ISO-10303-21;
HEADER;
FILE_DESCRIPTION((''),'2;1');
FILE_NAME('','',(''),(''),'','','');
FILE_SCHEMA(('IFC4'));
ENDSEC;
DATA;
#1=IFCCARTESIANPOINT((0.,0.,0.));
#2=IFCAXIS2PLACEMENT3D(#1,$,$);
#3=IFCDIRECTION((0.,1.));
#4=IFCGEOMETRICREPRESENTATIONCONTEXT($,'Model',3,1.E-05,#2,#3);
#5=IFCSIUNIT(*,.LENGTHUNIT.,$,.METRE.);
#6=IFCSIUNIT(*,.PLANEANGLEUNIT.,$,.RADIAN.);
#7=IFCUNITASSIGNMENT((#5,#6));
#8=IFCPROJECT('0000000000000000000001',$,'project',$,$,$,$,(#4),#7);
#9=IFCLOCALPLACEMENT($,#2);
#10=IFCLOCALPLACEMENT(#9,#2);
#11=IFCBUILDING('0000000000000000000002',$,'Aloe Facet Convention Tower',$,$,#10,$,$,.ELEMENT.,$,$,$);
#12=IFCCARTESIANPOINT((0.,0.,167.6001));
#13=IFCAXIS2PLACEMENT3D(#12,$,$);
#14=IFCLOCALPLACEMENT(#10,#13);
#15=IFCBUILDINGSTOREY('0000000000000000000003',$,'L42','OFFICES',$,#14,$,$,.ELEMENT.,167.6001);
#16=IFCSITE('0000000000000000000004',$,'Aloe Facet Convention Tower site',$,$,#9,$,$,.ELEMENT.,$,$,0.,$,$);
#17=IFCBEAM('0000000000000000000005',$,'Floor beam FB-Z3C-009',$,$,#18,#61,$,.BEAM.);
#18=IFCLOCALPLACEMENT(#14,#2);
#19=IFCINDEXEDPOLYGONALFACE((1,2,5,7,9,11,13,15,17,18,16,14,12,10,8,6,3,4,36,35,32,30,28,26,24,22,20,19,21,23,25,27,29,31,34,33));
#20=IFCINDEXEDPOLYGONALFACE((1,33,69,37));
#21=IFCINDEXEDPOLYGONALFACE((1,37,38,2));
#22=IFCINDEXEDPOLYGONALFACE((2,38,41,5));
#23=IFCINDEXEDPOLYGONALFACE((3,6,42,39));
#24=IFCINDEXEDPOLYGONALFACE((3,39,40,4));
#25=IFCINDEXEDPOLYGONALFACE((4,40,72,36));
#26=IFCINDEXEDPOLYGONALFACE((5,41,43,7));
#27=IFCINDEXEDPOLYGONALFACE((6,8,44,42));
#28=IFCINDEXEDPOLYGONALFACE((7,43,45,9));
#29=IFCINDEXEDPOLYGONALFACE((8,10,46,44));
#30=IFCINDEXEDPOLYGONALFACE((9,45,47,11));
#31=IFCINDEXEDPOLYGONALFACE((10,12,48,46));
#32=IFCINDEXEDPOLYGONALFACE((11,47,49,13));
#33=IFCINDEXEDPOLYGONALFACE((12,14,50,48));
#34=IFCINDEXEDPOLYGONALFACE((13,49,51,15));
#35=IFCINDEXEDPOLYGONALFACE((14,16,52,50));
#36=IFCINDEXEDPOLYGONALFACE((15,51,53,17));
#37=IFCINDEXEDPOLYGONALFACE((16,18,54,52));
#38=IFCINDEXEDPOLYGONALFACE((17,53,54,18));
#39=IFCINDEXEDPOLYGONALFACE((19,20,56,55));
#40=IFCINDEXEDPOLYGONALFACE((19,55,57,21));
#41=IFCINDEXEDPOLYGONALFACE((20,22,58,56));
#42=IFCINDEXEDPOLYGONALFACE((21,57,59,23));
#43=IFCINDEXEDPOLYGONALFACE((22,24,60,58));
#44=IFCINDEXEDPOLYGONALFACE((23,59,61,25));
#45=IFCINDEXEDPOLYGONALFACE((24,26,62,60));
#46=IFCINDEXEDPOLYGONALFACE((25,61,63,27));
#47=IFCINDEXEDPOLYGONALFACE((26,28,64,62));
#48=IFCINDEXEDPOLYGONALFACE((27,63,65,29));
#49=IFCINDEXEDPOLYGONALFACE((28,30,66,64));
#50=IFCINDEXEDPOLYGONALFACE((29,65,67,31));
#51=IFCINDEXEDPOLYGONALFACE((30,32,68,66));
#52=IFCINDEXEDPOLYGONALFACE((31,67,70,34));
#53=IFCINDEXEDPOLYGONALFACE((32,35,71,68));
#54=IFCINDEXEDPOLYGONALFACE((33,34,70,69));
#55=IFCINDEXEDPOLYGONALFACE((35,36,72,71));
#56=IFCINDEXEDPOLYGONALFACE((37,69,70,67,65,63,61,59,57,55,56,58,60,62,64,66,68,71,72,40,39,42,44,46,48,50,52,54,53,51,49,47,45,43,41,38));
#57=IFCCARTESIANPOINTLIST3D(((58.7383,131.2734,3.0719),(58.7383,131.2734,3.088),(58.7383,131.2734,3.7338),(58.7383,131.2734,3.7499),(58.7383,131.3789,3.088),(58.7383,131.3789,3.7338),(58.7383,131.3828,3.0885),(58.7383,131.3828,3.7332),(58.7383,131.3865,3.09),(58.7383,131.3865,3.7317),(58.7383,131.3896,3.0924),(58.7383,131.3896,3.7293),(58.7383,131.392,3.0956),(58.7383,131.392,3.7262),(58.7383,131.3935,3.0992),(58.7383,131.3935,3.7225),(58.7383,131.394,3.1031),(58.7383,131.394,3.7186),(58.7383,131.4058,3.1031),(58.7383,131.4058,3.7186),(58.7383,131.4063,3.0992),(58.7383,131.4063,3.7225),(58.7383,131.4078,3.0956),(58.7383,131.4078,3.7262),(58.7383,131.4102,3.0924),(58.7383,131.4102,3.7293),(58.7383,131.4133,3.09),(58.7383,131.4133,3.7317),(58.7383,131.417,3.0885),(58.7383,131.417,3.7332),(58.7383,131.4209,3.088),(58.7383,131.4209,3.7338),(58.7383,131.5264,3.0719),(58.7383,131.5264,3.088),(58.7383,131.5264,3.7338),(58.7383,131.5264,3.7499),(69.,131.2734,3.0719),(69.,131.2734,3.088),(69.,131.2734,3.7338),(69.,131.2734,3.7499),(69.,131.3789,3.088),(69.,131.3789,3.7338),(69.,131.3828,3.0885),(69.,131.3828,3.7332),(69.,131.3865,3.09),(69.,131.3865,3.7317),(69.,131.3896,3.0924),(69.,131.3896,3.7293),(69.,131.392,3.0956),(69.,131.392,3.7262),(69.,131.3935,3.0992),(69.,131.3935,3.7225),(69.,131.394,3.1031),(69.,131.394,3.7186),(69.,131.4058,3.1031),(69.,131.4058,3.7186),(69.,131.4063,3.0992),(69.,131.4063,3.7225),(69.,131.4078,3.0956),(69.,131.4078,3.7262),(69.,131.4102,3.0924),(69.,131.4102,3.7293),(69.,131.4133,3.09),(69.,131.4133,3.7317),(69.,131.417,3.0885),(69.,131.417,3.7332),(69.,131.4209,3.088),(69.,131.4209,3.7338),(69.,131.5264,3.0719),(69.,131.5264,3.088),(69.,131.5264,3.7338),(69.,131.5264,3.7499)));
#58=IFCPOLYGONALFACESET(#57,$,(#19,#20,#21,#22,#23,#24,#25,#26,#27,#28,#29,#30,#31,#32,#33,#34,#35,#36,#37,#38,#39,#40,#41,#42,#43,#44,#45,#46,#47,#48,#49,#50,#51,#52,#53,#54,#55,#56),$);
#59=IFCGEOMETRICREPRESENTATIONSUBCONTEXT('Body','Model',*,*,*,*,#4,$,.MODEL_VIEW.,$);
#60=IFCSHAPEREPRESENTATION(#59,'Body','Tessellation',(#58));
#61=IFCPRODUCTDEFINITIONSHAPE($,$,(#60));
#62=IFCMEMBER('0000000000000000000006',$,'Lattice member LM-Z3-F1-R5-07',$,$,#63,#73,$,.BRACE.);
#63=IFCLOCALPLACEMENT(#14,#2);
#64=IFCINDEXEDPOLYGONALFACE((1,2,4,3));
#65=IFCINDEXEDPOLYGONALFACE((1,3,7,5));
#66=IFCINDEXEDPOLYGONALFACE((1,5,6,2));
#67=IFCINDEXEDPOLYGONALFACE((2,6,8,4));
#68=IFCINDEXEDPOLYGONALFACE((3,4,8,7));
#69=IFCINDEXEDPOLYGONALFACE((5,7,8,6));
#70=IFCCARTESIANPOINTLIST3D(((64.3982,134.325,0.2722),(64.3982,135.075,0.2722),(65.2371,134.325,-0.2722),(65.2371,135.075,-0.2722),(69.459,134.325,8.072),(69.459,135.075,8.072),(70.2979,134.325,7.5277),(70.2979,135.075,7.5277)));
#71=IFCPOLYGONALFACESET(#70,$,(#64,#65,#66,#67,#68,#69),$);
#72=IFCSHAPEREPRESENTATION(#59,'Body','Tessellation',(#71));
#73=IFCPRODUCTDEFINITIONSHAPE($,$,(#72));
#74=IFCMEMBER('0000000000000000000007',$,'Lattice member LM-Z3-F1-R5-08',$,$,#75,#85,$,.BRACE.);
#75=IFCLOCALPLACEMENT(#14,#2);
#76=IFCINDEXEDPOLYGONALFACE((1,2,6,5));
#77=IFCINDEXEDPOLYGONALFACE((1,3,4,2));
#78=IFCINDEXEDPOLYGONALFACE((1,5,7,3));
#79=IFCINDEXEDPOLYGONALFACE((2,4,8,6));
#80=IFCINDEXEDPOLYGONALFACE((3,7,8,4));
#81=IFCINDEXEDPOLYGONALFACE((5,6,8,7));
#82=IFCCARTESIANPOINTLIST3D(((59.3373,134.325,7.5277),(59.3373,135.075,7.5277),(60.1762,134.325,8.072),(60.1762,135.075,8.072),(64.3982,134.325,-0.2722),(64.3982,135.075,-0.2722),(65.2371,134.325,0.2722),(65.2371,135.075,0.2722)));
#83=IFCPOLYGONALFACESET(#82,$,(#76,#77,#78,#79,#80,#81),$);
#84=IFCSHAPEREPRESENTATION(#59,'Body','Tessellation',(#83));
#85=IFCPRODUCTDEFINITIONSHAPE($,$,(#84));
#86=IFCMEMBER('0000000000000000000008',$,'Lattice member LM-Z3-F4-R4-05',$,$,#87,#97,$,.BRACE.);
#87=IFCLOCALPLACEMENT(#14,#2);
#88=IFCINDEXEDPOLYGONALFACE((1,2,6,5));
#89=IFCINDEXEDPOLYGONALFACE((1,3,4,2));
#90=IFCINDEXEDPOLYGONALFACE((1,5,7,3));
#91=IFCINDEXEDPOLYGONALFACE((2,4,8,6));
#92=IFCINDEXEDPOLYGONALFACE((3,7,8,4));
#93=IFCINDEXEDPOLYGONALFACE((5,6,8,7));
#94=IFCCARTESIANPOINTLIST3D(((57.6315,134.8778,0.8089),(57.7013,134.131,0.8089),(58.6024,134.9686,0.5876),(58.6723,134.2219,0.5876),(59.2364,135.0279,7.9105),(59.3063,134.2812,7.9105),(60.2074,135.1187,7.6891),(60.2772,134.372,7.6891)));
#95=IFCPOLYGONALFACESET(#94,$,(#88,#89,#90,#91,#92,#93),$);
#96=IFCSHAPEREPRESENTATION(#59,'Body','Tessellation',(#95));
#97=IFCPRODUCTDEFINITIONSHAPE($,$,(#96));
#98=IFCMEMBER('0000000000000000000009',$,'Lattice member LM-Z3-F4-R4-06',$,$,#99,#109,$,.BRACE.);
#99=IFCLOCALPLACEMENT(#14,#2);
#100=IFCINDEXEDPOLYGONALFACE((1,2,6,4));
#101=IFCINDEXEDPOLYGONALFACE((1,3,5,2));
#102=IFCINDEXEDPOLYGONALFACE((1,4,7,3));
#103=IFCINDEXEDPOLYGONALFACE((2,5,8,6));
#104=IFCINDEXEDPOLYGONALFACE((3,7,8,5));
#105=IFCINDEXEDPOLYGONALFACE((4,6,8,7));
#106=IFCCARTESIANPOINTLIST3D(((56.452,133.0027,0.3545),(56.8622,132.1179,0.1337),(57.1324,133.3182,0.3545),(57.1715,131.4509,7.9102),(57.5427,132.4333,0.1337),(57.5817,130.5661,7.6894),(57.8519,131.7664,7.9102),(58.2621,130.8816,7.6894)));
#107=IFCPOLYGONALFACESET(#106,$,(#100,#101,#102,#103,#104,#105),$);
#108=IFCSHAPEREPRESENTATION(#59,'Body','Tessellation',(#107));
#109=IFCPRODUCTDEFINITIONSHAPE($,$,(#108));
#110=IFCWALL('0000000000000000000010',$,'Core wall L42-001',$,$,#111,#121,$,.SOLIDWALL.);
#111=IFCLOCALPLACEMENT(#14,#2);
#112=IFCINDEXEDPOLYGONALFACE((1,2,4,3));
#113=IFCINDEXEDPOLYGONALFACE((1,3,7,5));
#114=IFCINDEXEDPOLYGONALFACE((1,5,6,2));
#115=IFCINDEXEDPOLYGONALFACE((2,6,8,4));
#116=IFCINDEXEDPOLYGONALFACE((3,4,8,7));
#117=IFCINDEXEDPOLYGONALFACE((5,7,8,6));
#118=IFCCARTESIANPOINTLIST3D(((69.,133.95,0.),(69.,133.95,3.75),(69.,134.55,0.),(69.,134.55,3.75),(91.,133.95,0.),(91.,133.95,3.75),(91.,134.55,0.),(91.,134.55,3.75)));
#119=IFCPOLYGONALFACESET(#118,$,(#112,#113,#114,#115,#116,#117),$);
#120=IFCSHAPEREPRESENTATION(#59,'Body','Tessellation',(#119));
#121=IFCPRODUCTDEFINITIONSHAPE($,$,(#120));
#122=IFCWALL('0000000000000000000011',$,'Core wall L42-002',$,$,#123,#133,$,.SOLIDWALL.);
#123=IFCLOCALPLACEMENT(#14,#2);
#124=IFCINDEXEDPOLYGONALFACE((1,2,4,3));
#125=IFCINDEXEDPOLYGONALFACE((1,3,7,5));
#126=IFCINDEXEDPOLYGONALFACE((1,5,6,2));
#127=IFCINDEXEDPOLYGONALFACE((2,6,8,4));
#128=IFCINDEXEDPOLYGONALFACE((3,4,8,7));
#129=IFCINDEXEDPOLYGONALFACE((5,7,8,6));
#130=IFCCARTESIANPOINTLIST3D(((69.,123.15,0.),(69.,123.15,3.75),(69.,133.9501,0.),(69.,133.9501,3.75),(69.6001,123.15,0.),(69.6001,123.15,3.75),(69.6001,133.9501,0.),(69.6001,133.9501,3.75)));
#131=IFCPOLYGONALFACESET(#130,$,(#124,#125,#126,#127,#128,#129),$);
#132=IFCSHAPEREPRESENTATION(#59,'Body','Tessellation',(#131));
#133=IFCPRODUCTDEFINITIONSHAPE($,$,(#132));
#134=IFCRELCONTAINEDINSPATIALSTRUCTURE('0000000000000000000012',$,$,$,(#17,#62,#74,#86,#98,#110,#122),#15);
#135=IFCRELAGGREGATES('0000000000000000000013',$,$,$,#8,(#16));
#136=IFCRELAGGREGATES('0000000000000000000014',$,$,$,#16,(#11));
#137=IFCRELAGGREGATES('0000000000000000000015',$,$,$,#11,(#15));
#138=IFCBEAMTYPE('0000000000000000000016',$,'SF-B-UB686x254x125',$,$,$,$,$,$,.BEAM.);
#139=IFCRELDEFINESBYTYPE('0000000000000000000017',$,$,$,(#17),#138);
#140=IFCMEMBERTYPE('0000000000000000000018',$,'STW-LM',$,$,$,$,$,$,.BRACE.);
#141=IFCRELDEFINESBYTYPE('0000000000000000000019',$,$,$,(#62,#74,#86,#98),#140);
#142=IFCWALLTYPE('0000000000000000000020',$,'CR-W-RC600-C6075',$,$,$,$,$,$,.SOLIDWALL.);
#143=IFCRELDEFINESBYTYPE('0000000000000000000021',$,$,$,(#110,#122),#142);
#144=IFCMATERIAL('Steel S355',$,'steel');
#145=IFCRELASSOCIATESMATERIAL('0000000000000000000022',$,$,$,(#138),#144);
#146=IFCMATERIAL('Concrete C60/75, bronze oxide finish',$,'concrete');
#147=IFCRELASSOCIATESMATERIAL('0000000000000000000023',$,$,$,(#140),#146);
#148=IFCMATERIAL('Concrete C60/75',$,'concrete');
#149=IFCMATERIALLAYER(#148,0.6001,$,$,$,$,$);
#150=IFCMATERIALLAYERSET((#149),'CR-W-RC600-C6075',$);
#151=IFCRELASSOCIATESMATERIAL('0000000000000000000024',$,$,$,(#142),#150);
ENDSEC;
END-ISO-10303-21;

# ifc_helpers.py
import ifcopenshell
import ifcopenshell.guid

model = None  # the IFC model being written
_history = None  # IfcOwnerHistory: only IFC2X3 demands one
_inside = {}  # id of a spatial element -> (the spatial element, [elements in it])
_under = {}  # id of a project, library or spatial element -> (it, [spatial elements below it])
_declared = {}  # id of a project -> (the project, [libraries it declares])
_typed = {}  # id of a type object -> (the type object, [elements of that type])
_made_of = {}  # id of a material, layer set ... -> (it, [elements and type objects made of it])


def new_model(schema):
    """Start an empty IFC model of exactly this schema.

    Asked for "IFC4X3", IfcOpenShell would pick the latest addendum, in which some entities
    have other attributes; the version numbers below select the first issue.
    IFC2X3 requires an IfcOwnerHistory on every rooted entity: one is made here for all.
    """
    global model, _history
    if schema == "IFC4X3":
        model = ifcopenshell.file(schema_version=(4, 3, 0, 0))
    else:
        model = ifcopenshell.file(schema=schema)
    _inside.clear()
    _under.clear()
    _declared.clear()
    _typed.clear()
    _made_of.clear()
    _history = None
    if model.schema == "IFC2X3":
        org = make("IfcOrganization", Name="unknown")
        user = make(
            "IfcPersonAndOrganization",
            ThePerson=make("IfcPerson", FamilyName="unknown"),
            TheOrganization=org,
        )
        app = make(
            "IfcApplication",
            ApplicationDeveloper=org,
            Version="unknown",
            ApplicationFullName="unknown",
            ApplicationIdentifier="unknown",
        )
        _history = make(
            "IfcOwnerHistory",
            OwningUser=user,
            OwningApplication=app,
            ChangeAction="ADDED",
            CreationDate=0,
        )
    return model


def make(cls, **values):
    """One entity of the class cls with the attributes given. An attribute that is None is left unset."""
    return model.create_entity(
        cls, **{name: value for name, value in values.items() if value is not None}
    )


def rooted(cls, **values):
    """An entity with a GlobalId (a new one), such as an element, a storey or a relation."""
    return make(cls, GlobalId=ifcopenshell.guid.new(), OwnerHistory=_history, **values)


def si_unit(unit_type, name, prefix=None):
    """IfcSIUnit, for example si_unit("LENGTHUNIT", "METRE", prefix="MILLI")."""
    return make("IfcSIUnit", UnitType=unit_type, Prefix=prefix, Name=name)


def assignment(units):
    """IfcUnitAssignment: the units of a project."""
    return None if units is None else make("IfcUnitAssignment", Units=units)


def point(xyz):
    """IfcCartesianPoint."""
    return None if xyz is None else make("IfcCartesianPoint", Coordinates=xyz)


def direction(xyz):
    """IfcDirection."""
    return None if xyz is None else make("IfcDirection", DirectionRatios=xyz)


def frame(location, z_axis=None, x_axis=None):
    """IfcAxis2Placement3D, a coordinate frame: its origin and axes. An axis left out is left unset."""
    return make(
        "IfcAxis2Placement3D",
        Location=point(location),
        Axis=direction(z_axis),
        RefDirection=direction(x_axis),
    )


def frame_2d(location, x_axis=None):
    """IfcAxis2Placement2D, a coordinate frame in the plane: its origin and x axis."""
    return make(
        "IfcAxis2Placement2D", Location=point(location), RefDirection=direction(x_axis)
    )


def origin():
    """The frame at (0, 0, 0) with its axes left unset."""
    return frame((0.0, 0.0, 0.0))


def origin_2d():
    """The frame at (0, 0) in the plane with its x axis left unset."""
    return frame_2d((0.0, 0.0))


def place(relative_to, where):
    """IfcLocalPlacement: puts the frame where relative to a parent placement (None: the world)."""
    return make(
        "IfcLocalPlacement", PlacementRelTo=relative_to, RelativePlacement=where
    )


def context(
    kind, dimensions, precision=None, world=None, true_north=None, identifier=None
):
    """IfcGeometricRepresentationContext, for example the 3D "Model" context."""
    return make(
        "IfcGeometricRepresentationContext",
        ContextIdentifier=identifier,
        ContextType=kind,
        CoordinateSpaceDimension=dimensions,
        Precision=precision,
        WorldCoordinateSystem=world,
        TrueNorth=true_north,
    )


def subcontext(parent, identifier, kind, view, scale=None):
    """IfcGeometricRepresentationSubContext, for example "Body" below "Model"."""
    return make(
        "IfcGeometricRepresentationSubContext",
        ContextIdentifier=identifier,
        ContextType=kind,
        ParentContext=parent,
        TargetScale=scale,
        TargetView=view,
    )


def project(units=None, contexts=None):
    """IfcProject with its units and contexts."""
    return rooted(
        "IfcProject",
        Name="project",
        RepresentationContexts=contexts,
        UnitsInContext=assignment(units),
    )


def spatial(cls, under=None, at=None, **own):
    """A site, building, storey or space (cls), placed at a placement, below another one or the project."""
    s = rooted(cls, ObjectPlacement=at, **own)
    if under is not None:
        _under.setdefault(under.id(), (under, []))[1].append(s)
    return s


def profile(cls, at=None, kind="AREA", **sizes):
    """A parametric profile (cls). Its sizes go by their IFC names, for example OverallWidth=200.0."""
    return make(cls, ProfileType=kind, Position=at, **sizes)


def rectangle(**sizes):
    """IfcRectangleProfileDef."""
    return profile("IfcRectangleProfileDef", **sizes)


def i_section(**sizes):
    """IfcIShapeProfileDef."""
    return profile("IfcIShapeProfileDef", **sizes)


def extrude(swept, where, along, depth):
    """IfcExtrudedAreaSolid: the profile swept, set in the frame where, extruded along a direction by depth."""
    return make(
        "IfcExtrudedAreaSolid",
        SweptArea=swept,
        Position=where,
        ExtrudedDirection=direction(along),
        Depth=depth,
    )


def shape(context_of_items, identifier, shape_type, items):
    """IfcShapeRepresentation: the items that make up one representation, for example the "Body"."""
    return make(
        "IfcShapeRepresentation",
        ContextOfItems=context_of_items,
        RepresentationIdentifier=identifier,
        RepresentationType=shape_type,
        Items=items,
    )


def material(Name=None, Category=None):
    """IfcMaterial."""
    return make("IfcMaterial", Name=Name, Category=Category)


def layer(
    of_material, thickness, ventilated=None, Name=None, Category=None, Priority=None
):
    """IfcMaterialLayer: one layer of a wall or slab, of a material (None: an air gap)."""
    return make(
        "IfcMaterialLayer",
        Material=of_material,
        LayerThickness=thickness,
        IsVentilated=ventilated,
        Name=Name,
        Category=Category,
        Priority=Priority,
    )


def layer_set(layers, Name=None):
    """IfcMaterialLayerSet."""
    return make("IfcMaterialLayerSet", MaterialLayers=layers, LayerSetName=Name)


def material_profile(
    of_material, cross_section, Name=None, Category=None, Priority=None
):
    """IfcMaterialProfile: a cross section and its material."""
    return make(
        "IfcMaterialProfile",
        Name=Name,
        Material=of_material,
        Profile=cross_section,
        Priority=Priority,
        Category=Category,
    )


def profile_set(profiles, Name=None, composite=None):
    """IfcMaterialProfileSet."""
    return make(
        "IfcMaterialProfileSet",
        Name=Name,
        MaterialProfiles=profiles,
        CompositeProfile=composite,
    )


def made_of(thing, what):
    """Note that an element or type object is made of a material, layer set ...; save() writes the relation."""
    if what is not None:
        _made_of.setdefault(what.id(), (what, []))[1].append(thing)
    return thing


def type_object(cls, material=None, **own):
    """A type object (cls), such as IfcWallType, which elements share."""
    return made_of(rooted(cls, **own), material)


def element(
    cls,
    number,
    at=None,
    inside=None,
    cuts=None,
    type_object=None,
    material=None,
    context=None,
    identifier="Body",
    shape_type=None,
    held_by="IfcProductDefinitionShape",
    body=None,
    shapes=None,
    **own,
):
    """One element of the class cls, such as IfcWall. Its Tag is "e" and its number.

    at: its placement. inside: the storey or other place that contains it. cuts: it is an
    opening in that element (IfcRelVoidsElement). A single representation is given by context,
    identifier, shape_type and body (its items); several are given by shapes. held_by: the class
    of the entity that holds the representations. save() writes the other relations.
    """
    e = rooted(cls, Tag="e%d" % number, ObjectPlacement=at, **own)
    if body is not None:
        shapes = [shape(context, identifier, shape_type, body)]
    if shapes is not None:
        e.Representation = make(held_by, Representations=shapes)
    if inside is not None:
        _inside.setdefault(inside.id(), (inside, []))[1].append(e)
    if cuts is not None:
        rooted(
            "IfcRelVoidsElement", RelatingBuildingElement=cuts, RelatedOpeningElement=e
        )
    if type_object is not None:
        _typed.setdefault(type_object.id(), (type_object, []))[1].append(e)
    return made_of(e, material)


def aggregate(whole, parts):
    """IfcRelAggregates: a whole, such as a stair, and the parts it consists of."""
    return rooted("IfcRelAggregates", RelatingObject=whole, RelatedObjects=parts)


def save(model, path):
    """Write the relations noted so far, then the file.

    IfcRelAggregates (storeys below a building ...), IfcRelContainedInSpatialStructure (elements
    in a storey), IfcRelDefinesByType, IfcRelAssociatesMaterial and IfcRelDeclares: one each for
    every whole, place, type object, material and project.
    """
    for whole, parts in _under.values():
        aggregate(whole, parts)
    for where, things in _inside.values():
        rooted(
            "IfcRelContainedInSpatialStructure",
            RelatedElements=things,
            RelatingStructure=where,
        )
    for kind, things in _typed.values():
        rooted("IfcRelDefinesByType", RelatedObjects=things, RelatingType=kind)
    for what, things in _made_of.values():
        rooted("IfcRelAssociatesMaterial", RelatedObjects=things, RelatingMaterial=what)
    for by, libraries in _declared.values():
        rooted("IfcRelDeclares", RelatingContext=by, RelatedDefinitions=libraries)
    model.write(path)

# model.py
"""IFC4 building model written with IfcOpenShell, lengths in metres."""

from ifc_helpers import new_model, si_unit, direction, frame, frame_2d, origin, origin_2d, place, context, subcontext, project, spatial, rectangle, i_section, extrude, material, layer, layer_set, material_profile, profile_set, type_object, element, save


model = new_model("IFC4")

# Units and contexts
model_context = context("Model", 3, precision=1e-05, world=origin(), true_north=direction((0.0, 1.0)))
body_context = subcontext(model_context, "Body", "Model", "MODEL_VIEW")
ifc_project = project(units=[si_unit("LENGTHUNIT", "METRE"), si_unit("PLANEANGLEUNIT", "RADIAN")], contexts=[model_context])

# Site, building, storey
site_placement = place(None, origin())
site = spatial("IfcSite", under=ifc_project, at=site_placement, Name="Aloe Facet Convention Tower site", CompositionType="ELEMENT", RefElevation=0.0)
building_placement = place(site_placement, origin())
building = spatial("IfcBuilding", under=site, at=building_placement, Name="Aloe Facet Convention Tower", CompositionType="ELEMENT")
storey_placement = place(building_placement, frame((0.0, 0.0, 167.6001)))
storey = spatial("IfcBuildingStorey", under=building, at=storey_placement, Name="L42", Description="OFFICES", CompositionType="ELEMENT", Elevation=167.6001)

# Beam
ifc_material_1 = material(Name="Steel S355", Category="steel")
ifc_material_profile_1 = material_profile(ifc_material_1, i_section(OverallWidth=0.2529, OverallDepth=0.678, WebThickness=0.0117, FlangeThickness=0.0161, FilletRadius=0.0151, at=origin_2d()), Name="UB 686x254x125")
ifc_profile_set_1 = profile_set([ifc_material_profile_1], Name="Steel S355")
beam_type_1 = type_object("IfcBeamType", Name="SF-B-UB686x254x125", PredefinedType="BEAM", material=ifc_profile_set_1)
beam_1_placement = place(storey_placement, frame((58.7383, 131.3999, 3.4109), z_axis=(1.0, 0.0, 0.0), x_axis=(0.0, 1.0, 0.0)))
element("IfcBeam", 1, at=beam_1_placement, inside=storey, type_object=beam_type_1, Name="Floor beam FB-Z3C-009", PredefinedType="BEAM", context=body_context, shape_type="SweptSolid", body=[
    extrude(i_section(OverallWidth=0.2529, OverallDepth=0.678, WebThickness=0.0117, FlangeThickness=0.0161, FilletRadius=0.0151, at=origin_2d()), origin(), (0.0, 0.0, 1.0), 10.2617),
])

# Members
ifc_material_2 = material(Name="Concrete C60/75, bronze oxide finish", Category="concrete")
ifc_material_profile_2 = material_profile(ifc_material_2, rectangle(XDim=0.75, YDim=1.0, at=origin_2d()), Name="STW-LM")
ifc_profile_set_2 = profile_set([ifc_material_profile_2], Name="Concrete C60/75, bronze oxide finish")
member_type = type_object("IfcMemberType", Name="STW-LM", PredefinedType="BRACE", material=ifc_profile_set_2)
for number, where, z_axis, x_axis, name in (
    (2, (64.8176, 134.7, 0.0), (0.544301, 0.0, 0.83889), (0.0, 1.0, 0.0), "Lattice member LM-Z3-F1-R5-07"),
    (3, (64.8176, 134.7, 0.0), (-0.544301, 0.0, 0.83889), (0.0, -1.0, 0.0), "Lattice member LM-Z3-F1-R5-08"),
):
    element("IfcMember", number, at=place(storey_placement, frame(where, z_axis=z_axis, x_axis=x_axis)), inside=storey, type_object=member_type, Name=name, PredefinedType="BRACE", context=body_context, shape_type="SweptSolid", body=[
        extrude(rectangle(XDim=0.75, YDim=1.0, at=origin_2d()), origin(), (0.0, 0.0, 1.0), 9.2979),
    ])
member_1_placement = place(storey_placement, frame((58.1519, 134.5498, 0.6982), z_axis=(0.220397, 0.020618, 0.975192), x_axis=(-0.093144, 0.995653, 0.0)))
element("IfcMember", 4, at=member_1_placement, inside=storey, type_object=member_type, Name="Lattice member LM-Z3-F4-R4-05", PredefinedType="BRACE", context=body_context, shape_type="SweptSolid", body=[
    extrude(rectangle(XDim=0.75, YDim=1.0, at=origin_2d()), origin(), (0.0, 0.0, 1.0), 7.2822),
])
member_2_placement = place(storey_placement, frame((56.9973, 132.718, 0.2441), z_axis=(0.092874, -0.200308, 0.975321), x_axis=(0.907227, 0.420642, 0.0)))
element("IfcMember", 5, at=member_2_placement, inside=storey, type_object=member_type, Name="Lattice member LM-Z3-F4-R4-06", PredefinedType="BRACE", context=body_context, shape_type="SweptSolid", body=[
    extrude(rectangle(XDim=0.75, YDim=1.0, at=origin_2d()), origin(), (0.0, 0.0, 1.0), 7.7468),
])

# Walls
ifc_material_3 = material(Name="Concrete C60/75", Category="concrete")
ifc_layer_1 = layer(ifc_material_3, 0.6001)
ifc_layer_set_1 = layer_set([ifc_layer_1], Name="CR-W-RC600-C6075")
wall_type_1 = type_object("IfcWallType", Name="CR-W-RC600-C6075", PredefinedType="SOLIDWALL", material=ifc_layer_set_1)
wall_1_placement = place(storey_placement, frame((69.0, 134.25, 0.0), z_axis=(0.0, 0.0, 1.0), x_axis=(1.0, 0.0, 0.0)))
element("IfcWall", 6, at=wall_1_placement, inside=storey, type_object=wall_type_1, Name="Core wall L42-001", PredefinedType="SOLIDWALL", context=body_context, shape_type="SweptSolid", body=[
    extrude(rectangle(XDim=22.0, YDim=0.6001, at=frame_2d((11.0, 0.0))), origin(), (0.0, 0.0, 1.0), 3.75),
])
wall_2_placement = place(storey_placement, frame((69.3, 133.95, 0.0), z_axis=(0.0, 0.0, 1.0), x_axis=(0.0, -1.0, 0.0)))
element("IfcWall", 7, at=wall_2_placement, inside=storey, type_object=wall_type_1, Name="Core wall L42-002", PredefinedType="SOLIDWALL", context=body_context, shape_type="SweptSolid", body=[
    extrude(rectangle(XDim=10.8, YDim=0.6001, at=frame_2d((5.3999, 0.0))), origin(), (0.0, 0.0, 1.0), 3.75),
])

save(model, "model.ifc")
